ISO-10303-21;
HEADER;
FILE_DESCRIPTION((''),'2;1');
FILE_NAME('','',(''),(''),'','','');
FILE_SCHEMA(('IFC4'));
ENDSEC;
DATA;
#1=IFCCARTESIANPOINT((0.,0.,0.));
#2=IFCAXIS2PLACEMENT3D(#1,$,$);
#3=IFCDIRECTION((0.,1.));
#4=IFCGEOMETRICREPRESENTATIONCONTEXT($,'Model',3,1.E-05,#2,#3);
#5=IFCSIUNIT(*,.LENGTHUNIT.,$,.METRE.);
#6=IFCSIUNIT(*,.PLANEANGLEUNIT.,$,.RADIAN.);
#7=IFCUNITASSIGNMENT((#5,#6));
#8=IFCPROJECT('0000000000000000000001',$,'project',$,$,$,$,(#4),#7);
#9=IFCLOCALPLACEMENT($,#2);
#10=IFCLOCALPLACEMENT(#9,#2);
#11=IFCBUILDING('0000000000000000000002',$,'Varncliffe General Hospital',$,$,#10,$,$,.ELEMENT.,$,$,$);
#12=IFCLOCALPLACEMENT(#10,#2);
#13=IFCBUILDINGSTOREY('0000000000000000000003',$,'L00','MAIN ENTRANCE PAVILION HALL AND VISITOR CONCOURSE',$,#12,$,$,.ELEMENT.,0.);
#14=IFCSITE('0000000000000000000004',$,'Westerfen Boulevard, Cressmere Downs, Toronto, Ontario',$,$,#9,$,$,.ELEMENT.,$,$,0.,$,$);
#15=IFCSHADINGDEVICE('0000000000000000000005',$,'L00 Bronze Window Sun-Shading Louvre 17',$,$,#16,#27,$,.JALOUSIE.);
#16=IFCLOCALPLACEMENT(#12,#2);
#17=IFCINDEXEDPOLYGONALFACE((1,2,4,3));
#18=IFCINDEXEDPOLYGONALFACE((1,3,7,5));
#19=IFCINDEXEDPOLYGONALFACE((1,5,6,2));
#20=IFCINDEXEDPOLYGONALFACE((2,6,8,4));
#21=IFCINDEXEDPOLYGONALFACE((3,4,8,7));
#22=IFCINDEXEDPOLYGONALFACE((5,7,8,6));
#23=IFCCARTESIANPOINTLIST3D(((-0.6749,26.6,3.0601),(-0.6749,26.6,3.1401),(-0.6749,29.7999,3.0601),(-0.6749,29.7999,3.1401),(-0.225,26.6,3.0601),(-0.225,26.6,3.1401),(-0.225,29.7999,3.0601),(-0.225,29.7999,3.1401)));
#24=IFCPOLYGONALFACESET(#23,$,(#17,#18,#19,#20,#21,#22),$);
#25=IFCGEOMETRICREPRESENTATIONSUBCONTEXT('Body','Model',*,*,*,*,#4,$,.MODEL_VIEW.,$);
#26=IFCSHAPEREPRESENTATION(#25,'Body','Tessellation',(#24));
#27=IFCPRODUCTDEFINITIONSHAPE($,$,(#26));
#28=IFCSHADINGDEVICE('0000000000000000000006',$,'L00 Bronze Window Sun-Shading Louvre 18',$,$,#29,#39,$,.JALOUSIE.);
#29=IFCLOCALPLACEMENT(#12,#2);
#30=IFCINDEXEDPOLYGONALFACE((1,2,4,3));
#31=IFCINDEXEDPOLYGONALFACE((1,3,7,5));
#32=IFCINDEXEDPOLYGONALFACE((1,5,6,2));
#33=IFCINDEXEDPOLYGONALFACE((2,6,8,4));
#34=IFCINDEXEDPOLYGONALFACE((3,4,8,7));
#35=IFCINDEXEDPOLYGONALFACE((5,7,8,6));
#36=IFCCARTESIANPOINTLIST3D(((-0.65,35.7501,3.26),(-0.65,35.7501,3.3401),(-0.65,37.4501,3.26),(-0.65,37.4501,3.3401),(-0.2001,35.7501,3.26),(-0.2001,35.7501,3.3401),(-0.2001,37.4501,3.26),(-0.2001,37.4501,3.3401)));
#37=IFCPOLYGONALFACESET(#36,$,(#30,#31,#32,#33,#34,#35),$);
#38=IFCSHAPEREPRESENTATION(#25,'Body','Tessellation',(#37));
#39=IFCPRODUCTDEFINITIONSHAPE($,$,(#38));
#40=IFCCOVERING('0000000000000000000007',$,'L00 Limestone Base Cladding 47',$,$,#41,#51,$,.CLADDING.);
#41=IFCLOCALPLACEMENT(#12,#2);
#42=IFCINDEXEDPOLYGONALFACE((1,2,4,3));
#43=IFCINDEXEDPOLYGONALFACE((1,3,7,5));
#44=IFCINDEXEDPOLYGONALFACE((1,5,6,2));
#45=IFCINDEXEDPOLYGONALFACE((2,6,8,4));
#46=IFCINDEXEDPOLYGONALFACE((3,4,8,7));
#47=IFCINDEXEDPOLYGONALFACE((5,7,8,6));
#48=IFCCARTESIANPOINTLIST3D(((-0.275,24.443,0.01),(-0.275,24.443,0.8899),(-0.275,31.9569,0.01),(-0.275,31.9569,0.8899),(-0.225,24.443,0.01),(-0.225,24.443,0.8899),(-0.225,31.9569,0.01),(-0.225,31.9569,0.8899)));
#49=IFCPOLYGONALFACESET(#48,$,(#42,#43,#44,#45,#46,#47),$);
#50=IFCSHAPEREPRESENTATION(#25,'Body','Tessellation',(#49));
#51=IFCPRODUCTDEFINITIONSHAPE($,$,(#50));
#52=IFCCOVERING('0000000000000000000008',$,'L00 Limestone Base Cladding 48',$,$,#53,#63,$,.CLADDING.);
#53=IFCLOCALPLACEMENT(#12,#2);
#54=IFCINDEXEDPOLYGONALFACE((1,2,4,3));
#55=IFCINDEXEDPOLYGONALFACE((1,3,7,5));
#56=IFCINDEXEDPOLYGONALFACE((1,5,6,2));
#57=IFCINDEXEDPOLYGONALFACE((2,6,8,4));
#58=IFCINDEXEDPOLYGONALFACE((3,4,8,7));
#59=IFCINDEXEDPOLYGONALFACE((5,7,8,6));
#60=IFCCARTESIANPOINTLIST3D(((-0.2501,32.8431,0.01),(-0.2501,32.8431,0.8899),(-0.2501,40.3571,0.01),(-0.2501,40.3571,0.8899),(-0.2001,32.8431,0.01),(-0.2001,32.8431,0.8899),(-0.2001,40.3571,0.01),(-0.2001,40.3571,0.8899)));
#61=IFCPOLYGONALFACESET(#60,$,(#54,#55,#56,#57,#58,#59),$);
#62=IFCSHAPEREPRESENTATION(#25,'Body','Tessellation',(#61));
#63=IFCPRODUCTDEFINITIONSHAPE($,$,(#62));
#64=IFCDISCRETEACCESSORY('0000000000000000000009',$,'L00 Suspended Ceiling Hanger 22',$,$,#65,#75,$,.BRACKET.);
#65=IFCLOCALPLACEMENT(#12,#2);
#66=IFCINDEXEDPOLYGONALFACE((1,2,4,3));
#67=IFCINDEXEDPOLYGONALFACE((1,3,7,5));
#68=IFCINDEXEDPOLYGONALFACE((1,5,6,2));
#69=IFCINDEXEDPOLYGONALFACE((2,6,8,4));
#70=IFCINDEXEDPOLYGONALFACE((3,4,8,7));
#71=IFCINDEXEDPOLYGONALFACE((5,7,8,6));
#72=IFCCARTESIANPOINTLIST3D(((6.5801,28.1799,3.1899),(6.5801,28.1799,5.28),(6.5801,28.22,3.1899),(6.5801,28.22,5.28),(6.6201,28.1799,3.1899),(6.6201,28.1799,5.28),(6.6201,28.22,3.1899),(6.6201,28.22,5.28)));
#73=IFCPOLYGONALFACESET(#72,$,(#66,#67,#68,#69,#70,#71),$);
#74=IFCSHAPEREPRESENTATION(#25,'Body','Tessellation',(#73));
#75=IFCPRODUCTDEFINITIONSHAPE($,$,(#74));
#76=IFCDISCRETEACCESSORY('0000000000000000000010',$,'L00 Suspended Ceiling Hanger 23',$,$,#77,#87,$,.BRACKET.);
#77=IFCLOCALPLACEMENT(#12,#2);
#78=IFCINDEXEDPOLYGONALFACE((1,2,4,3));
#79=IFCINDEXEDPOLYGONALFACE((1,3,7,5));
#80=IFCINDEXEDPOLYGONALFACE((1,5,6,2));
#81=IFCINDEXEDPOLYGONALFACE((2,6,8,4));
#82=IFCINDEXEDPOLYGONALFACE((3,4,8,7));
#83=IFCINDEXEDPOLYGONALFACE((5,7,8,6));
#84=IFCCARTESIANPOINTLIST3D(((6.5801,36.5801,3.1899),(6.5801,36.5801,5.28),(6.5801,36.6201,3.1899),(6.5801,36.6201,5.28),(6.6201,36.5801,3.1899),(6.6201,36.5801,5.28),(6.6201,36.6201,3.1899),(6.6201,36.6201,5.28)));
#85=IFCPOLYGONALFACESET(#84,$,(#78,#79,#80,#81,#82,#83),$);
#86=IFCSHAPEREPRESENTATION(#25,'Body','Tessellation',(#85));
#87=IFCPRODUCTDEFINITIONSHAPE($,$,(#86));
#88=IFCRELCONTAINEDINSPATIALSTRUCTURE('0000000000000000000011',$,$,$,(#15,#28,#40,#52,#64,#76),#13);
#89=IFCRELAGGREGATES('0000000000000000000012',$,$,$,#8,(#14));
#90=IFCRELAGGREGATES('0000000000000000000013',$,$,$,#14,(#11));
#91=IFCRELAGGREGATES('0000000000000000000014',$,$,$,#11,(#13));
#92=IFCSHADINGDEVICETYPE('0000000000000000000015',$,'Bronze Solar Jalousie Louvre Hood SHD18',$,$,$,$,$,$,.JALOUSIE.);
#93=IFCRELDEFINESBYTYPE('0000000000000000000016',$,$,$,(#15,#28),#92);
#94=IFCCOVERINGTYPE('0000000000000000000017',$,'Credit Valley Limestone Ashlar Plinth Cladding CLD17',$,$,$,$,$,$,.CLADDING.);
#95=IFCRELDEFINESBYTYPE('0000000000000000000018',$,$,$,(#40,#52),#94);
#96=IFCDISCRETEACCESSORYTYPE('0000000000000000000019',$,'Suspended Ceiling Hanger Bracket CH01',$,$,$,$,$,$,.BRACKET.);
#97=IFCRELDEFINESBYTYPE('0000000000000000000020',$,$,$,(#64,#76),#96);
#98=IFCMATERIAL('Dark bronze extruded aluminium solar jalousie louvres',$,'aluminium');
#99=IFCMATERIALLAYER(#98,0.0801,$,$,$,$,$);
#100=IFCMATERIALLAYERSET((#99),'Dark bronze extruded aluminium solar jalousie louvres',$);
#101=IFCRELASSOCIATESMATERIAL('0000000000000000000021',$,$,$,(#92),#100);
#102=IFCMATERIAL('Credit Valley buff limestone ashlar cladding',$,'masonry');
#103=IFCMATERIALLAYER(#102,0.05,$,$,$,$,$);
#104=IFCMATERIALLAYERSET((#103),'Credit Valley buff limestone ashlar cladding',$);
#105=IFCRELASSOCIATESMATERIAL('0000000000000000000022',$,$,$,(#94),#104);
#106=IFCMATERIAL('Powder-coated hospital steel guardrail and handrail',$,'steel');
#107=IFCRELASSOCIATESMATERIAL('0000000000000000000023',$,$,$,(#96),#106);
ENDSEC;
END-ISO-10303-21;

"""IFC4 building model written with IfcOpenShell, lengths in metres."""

from ifc_helpers import new_model, si_unit, direction, frame, origin, origin_2d, place, context, subcontext, project, spatial, rectangle, extrude, material, layer, layer_set, type_object, element, save


model = new_model("IFC4")

# Units and contexts
model_context = context("Model", 3, precision=1e-05, world=origin(), true_north=direction((0.0, 1.0)))
body_context = subcontext(model_context, "Body", "Model", "MODEL_VIEW")
ifc_project = project(units=[si_unit("LENGTHUNIT", "METRE"), si_unit("PLANEANGLEUNIT", "RADIAN")], contexts=[model_context])

# Site, building, storey
site_placement = place(None, origin())
site = spatial("IfcSite", under=ifc_project, at=site_placement, Name="Westerfen Boulevard, Cressmere Downs, Toronto, Ontario", CompositionType="ELEMENT", RefElevation=0.0)
building_placement = place(site_placement, origin())
building = spatial("IfcBuilding", under=site, at=building_placement, Name="Varncliffe General Hospital", CompositionType="ELEMENT")
storey_placement = place(building_placement, origin())
storey = spatial("IfcBuildingStorey", under=building, at=storey_placement, Name="L00", Description="MAIN ENTRANCE PAVILION HALL AND VISITOR CONCOURSE", CompositionType="ELEMENT", Elevation=0.0)

# Shading devices
ifc_material_1 = material(Name="Dark bronze extruded aluminium solar jalousie louvres", Category="aluminium")
ifc_layer_1 = layer(ifc_material_1, 0.0801)
ifc_layer_set_1 = layer_set([ifc_layer_1], Name="Dark bronze extruded aluminium solar jalousie louvres")
shading_device_type = type_object("IfcShadingDeviceType", Name="Bronze Solar Jalousie Louvre Hood SHD18", PredefinedType="JALOUSIE", material=ifc_layer_set_1)
shading_device_1_placement = place(storey_placement, frame((-0.45, 28.2, 3.0601), z_axis=(0.0, 0.0, 1.0), x_axis=(0.0, 1.0, 0.0)))
element("IfcShadingDevice", 1, at=shading_device_1_placement, inside=storey, type_object=shading_device_type, Name="L00 Bronze Window Sun-Shading Louvre 17", PredefinedType="JALOUSIE", context=body_context, shape_type="SweptSolid", body=[
    extrude(rectangle(XDim=3.2, YDim=0.45, at=origin_2d()), origin(), (0.0, 0.0, 1.0), 0.0801),
])
shading_device_2_placement = place(storey_placement, frame((-0.425, 36.6001, 3.26), z_axis=(0.0, 0.0, 1.0), x_axis=(0.0, 1.0, 0.0)))
element("IfcShadingDevice", 2, at=shading_device_2_placement, inside=storey, type_object=shading_device_type, Name="L00 Bronze Window Sun-Shading Louvre 18", PredefinedType="JALOUSIE", context=body_context, shape_type="SweptSolid", body=[
    extrude(rectangle(XDim=1.7, YDim=0.45, at=origin_2d()), origin(), (0.0, 0.0, 1.0), 0.0801),
])

# Coverings
ifc_material_2 = material(Name="Credit Valley buff limestone ashlar cladding", Category="masonry")
ifc_layer_2 = layer(ifc_material_2, 0.05)
ifc_layer_set_2 = layer_set([ifc_layer_2], Name="Credit Valley buff limestone ashlar cladding")
covering_type = type_object("IfcCoveringType", Name="Credit Valley Limestone Ashlar Plinth Cladding CLD17", PredefinedType="CLADDING", material=ifc_layer_set_2)
for number, where, z_axis, x_axis, name in (
    (3, (-0.25, 28.2, 0.01), (0.0, 0.0, 1.0), (0.0, 1.0, 0.0), "L00 Limestone Base Cladding 47"),
    (4, (-0.2251, 36.6001, 0.01), (0.0, 0.0, 1.0), (0.0, 1.0, 0.0), "L00 Limestone Base Cladding 48"),
):
    element("IfcCovering", number, at=place(storey_placement, frame(where, z_axis=z_axis, x_axis=x_axis)), inside=storey, type_object=covering_type, Name=name, PredefinedType="CLADDING", context=body_context, shape_type="SweptSolid", body=[
        extrude(rectangle(XDim=7.5139, YDim=0.05, at=origin_2d()), origin(), (0.0, 0.0, 1.0), 0.8799),
    ])

# Discrete accessories
ifc_material_3 = material(Name="Powder-coated hospital steel guardrail and handrail", Category="steel")
discrete_accessory_type = type_object("IfcDiscreteAccessoryType", Name="Suspended Ceiling Hanger Bracket CH01", PredefinedType="BRACKET", material=ifc_material_3)
for number, where, z_axis, x_axis, name in (
    (5, (6.6001, 28.2, 3.1899), (0.0, 0.0, 1.0), (1.0, 0.0, 0.0), "L00 Suspended Ceiling Hanger 22"),
    (6, (6.6001, 36.6001, 3.1899), (0.0, 0.0, 1.0), (1.0, 0.0, 0.0), "L00 Suspended Ceiling Hanger 23"),
):
    element("IfcDiscreteAccessory", number, at=place(storey_placement, frame(where, z_axis=z_axis, x_axis=x_axis)), inside=storey, type_object=discrete_accessory_type, Name=name, PredefinedType="BRACKET", context=body_context, shape_type="SweptSolid", body=[
        extrude(rectangle(XDim=0.04, YDim=0.04, at=origin_2d()), origin(), (0.0, 0.0, 1.0), 2.0901),
    ])

save(model, "model.ifc")
